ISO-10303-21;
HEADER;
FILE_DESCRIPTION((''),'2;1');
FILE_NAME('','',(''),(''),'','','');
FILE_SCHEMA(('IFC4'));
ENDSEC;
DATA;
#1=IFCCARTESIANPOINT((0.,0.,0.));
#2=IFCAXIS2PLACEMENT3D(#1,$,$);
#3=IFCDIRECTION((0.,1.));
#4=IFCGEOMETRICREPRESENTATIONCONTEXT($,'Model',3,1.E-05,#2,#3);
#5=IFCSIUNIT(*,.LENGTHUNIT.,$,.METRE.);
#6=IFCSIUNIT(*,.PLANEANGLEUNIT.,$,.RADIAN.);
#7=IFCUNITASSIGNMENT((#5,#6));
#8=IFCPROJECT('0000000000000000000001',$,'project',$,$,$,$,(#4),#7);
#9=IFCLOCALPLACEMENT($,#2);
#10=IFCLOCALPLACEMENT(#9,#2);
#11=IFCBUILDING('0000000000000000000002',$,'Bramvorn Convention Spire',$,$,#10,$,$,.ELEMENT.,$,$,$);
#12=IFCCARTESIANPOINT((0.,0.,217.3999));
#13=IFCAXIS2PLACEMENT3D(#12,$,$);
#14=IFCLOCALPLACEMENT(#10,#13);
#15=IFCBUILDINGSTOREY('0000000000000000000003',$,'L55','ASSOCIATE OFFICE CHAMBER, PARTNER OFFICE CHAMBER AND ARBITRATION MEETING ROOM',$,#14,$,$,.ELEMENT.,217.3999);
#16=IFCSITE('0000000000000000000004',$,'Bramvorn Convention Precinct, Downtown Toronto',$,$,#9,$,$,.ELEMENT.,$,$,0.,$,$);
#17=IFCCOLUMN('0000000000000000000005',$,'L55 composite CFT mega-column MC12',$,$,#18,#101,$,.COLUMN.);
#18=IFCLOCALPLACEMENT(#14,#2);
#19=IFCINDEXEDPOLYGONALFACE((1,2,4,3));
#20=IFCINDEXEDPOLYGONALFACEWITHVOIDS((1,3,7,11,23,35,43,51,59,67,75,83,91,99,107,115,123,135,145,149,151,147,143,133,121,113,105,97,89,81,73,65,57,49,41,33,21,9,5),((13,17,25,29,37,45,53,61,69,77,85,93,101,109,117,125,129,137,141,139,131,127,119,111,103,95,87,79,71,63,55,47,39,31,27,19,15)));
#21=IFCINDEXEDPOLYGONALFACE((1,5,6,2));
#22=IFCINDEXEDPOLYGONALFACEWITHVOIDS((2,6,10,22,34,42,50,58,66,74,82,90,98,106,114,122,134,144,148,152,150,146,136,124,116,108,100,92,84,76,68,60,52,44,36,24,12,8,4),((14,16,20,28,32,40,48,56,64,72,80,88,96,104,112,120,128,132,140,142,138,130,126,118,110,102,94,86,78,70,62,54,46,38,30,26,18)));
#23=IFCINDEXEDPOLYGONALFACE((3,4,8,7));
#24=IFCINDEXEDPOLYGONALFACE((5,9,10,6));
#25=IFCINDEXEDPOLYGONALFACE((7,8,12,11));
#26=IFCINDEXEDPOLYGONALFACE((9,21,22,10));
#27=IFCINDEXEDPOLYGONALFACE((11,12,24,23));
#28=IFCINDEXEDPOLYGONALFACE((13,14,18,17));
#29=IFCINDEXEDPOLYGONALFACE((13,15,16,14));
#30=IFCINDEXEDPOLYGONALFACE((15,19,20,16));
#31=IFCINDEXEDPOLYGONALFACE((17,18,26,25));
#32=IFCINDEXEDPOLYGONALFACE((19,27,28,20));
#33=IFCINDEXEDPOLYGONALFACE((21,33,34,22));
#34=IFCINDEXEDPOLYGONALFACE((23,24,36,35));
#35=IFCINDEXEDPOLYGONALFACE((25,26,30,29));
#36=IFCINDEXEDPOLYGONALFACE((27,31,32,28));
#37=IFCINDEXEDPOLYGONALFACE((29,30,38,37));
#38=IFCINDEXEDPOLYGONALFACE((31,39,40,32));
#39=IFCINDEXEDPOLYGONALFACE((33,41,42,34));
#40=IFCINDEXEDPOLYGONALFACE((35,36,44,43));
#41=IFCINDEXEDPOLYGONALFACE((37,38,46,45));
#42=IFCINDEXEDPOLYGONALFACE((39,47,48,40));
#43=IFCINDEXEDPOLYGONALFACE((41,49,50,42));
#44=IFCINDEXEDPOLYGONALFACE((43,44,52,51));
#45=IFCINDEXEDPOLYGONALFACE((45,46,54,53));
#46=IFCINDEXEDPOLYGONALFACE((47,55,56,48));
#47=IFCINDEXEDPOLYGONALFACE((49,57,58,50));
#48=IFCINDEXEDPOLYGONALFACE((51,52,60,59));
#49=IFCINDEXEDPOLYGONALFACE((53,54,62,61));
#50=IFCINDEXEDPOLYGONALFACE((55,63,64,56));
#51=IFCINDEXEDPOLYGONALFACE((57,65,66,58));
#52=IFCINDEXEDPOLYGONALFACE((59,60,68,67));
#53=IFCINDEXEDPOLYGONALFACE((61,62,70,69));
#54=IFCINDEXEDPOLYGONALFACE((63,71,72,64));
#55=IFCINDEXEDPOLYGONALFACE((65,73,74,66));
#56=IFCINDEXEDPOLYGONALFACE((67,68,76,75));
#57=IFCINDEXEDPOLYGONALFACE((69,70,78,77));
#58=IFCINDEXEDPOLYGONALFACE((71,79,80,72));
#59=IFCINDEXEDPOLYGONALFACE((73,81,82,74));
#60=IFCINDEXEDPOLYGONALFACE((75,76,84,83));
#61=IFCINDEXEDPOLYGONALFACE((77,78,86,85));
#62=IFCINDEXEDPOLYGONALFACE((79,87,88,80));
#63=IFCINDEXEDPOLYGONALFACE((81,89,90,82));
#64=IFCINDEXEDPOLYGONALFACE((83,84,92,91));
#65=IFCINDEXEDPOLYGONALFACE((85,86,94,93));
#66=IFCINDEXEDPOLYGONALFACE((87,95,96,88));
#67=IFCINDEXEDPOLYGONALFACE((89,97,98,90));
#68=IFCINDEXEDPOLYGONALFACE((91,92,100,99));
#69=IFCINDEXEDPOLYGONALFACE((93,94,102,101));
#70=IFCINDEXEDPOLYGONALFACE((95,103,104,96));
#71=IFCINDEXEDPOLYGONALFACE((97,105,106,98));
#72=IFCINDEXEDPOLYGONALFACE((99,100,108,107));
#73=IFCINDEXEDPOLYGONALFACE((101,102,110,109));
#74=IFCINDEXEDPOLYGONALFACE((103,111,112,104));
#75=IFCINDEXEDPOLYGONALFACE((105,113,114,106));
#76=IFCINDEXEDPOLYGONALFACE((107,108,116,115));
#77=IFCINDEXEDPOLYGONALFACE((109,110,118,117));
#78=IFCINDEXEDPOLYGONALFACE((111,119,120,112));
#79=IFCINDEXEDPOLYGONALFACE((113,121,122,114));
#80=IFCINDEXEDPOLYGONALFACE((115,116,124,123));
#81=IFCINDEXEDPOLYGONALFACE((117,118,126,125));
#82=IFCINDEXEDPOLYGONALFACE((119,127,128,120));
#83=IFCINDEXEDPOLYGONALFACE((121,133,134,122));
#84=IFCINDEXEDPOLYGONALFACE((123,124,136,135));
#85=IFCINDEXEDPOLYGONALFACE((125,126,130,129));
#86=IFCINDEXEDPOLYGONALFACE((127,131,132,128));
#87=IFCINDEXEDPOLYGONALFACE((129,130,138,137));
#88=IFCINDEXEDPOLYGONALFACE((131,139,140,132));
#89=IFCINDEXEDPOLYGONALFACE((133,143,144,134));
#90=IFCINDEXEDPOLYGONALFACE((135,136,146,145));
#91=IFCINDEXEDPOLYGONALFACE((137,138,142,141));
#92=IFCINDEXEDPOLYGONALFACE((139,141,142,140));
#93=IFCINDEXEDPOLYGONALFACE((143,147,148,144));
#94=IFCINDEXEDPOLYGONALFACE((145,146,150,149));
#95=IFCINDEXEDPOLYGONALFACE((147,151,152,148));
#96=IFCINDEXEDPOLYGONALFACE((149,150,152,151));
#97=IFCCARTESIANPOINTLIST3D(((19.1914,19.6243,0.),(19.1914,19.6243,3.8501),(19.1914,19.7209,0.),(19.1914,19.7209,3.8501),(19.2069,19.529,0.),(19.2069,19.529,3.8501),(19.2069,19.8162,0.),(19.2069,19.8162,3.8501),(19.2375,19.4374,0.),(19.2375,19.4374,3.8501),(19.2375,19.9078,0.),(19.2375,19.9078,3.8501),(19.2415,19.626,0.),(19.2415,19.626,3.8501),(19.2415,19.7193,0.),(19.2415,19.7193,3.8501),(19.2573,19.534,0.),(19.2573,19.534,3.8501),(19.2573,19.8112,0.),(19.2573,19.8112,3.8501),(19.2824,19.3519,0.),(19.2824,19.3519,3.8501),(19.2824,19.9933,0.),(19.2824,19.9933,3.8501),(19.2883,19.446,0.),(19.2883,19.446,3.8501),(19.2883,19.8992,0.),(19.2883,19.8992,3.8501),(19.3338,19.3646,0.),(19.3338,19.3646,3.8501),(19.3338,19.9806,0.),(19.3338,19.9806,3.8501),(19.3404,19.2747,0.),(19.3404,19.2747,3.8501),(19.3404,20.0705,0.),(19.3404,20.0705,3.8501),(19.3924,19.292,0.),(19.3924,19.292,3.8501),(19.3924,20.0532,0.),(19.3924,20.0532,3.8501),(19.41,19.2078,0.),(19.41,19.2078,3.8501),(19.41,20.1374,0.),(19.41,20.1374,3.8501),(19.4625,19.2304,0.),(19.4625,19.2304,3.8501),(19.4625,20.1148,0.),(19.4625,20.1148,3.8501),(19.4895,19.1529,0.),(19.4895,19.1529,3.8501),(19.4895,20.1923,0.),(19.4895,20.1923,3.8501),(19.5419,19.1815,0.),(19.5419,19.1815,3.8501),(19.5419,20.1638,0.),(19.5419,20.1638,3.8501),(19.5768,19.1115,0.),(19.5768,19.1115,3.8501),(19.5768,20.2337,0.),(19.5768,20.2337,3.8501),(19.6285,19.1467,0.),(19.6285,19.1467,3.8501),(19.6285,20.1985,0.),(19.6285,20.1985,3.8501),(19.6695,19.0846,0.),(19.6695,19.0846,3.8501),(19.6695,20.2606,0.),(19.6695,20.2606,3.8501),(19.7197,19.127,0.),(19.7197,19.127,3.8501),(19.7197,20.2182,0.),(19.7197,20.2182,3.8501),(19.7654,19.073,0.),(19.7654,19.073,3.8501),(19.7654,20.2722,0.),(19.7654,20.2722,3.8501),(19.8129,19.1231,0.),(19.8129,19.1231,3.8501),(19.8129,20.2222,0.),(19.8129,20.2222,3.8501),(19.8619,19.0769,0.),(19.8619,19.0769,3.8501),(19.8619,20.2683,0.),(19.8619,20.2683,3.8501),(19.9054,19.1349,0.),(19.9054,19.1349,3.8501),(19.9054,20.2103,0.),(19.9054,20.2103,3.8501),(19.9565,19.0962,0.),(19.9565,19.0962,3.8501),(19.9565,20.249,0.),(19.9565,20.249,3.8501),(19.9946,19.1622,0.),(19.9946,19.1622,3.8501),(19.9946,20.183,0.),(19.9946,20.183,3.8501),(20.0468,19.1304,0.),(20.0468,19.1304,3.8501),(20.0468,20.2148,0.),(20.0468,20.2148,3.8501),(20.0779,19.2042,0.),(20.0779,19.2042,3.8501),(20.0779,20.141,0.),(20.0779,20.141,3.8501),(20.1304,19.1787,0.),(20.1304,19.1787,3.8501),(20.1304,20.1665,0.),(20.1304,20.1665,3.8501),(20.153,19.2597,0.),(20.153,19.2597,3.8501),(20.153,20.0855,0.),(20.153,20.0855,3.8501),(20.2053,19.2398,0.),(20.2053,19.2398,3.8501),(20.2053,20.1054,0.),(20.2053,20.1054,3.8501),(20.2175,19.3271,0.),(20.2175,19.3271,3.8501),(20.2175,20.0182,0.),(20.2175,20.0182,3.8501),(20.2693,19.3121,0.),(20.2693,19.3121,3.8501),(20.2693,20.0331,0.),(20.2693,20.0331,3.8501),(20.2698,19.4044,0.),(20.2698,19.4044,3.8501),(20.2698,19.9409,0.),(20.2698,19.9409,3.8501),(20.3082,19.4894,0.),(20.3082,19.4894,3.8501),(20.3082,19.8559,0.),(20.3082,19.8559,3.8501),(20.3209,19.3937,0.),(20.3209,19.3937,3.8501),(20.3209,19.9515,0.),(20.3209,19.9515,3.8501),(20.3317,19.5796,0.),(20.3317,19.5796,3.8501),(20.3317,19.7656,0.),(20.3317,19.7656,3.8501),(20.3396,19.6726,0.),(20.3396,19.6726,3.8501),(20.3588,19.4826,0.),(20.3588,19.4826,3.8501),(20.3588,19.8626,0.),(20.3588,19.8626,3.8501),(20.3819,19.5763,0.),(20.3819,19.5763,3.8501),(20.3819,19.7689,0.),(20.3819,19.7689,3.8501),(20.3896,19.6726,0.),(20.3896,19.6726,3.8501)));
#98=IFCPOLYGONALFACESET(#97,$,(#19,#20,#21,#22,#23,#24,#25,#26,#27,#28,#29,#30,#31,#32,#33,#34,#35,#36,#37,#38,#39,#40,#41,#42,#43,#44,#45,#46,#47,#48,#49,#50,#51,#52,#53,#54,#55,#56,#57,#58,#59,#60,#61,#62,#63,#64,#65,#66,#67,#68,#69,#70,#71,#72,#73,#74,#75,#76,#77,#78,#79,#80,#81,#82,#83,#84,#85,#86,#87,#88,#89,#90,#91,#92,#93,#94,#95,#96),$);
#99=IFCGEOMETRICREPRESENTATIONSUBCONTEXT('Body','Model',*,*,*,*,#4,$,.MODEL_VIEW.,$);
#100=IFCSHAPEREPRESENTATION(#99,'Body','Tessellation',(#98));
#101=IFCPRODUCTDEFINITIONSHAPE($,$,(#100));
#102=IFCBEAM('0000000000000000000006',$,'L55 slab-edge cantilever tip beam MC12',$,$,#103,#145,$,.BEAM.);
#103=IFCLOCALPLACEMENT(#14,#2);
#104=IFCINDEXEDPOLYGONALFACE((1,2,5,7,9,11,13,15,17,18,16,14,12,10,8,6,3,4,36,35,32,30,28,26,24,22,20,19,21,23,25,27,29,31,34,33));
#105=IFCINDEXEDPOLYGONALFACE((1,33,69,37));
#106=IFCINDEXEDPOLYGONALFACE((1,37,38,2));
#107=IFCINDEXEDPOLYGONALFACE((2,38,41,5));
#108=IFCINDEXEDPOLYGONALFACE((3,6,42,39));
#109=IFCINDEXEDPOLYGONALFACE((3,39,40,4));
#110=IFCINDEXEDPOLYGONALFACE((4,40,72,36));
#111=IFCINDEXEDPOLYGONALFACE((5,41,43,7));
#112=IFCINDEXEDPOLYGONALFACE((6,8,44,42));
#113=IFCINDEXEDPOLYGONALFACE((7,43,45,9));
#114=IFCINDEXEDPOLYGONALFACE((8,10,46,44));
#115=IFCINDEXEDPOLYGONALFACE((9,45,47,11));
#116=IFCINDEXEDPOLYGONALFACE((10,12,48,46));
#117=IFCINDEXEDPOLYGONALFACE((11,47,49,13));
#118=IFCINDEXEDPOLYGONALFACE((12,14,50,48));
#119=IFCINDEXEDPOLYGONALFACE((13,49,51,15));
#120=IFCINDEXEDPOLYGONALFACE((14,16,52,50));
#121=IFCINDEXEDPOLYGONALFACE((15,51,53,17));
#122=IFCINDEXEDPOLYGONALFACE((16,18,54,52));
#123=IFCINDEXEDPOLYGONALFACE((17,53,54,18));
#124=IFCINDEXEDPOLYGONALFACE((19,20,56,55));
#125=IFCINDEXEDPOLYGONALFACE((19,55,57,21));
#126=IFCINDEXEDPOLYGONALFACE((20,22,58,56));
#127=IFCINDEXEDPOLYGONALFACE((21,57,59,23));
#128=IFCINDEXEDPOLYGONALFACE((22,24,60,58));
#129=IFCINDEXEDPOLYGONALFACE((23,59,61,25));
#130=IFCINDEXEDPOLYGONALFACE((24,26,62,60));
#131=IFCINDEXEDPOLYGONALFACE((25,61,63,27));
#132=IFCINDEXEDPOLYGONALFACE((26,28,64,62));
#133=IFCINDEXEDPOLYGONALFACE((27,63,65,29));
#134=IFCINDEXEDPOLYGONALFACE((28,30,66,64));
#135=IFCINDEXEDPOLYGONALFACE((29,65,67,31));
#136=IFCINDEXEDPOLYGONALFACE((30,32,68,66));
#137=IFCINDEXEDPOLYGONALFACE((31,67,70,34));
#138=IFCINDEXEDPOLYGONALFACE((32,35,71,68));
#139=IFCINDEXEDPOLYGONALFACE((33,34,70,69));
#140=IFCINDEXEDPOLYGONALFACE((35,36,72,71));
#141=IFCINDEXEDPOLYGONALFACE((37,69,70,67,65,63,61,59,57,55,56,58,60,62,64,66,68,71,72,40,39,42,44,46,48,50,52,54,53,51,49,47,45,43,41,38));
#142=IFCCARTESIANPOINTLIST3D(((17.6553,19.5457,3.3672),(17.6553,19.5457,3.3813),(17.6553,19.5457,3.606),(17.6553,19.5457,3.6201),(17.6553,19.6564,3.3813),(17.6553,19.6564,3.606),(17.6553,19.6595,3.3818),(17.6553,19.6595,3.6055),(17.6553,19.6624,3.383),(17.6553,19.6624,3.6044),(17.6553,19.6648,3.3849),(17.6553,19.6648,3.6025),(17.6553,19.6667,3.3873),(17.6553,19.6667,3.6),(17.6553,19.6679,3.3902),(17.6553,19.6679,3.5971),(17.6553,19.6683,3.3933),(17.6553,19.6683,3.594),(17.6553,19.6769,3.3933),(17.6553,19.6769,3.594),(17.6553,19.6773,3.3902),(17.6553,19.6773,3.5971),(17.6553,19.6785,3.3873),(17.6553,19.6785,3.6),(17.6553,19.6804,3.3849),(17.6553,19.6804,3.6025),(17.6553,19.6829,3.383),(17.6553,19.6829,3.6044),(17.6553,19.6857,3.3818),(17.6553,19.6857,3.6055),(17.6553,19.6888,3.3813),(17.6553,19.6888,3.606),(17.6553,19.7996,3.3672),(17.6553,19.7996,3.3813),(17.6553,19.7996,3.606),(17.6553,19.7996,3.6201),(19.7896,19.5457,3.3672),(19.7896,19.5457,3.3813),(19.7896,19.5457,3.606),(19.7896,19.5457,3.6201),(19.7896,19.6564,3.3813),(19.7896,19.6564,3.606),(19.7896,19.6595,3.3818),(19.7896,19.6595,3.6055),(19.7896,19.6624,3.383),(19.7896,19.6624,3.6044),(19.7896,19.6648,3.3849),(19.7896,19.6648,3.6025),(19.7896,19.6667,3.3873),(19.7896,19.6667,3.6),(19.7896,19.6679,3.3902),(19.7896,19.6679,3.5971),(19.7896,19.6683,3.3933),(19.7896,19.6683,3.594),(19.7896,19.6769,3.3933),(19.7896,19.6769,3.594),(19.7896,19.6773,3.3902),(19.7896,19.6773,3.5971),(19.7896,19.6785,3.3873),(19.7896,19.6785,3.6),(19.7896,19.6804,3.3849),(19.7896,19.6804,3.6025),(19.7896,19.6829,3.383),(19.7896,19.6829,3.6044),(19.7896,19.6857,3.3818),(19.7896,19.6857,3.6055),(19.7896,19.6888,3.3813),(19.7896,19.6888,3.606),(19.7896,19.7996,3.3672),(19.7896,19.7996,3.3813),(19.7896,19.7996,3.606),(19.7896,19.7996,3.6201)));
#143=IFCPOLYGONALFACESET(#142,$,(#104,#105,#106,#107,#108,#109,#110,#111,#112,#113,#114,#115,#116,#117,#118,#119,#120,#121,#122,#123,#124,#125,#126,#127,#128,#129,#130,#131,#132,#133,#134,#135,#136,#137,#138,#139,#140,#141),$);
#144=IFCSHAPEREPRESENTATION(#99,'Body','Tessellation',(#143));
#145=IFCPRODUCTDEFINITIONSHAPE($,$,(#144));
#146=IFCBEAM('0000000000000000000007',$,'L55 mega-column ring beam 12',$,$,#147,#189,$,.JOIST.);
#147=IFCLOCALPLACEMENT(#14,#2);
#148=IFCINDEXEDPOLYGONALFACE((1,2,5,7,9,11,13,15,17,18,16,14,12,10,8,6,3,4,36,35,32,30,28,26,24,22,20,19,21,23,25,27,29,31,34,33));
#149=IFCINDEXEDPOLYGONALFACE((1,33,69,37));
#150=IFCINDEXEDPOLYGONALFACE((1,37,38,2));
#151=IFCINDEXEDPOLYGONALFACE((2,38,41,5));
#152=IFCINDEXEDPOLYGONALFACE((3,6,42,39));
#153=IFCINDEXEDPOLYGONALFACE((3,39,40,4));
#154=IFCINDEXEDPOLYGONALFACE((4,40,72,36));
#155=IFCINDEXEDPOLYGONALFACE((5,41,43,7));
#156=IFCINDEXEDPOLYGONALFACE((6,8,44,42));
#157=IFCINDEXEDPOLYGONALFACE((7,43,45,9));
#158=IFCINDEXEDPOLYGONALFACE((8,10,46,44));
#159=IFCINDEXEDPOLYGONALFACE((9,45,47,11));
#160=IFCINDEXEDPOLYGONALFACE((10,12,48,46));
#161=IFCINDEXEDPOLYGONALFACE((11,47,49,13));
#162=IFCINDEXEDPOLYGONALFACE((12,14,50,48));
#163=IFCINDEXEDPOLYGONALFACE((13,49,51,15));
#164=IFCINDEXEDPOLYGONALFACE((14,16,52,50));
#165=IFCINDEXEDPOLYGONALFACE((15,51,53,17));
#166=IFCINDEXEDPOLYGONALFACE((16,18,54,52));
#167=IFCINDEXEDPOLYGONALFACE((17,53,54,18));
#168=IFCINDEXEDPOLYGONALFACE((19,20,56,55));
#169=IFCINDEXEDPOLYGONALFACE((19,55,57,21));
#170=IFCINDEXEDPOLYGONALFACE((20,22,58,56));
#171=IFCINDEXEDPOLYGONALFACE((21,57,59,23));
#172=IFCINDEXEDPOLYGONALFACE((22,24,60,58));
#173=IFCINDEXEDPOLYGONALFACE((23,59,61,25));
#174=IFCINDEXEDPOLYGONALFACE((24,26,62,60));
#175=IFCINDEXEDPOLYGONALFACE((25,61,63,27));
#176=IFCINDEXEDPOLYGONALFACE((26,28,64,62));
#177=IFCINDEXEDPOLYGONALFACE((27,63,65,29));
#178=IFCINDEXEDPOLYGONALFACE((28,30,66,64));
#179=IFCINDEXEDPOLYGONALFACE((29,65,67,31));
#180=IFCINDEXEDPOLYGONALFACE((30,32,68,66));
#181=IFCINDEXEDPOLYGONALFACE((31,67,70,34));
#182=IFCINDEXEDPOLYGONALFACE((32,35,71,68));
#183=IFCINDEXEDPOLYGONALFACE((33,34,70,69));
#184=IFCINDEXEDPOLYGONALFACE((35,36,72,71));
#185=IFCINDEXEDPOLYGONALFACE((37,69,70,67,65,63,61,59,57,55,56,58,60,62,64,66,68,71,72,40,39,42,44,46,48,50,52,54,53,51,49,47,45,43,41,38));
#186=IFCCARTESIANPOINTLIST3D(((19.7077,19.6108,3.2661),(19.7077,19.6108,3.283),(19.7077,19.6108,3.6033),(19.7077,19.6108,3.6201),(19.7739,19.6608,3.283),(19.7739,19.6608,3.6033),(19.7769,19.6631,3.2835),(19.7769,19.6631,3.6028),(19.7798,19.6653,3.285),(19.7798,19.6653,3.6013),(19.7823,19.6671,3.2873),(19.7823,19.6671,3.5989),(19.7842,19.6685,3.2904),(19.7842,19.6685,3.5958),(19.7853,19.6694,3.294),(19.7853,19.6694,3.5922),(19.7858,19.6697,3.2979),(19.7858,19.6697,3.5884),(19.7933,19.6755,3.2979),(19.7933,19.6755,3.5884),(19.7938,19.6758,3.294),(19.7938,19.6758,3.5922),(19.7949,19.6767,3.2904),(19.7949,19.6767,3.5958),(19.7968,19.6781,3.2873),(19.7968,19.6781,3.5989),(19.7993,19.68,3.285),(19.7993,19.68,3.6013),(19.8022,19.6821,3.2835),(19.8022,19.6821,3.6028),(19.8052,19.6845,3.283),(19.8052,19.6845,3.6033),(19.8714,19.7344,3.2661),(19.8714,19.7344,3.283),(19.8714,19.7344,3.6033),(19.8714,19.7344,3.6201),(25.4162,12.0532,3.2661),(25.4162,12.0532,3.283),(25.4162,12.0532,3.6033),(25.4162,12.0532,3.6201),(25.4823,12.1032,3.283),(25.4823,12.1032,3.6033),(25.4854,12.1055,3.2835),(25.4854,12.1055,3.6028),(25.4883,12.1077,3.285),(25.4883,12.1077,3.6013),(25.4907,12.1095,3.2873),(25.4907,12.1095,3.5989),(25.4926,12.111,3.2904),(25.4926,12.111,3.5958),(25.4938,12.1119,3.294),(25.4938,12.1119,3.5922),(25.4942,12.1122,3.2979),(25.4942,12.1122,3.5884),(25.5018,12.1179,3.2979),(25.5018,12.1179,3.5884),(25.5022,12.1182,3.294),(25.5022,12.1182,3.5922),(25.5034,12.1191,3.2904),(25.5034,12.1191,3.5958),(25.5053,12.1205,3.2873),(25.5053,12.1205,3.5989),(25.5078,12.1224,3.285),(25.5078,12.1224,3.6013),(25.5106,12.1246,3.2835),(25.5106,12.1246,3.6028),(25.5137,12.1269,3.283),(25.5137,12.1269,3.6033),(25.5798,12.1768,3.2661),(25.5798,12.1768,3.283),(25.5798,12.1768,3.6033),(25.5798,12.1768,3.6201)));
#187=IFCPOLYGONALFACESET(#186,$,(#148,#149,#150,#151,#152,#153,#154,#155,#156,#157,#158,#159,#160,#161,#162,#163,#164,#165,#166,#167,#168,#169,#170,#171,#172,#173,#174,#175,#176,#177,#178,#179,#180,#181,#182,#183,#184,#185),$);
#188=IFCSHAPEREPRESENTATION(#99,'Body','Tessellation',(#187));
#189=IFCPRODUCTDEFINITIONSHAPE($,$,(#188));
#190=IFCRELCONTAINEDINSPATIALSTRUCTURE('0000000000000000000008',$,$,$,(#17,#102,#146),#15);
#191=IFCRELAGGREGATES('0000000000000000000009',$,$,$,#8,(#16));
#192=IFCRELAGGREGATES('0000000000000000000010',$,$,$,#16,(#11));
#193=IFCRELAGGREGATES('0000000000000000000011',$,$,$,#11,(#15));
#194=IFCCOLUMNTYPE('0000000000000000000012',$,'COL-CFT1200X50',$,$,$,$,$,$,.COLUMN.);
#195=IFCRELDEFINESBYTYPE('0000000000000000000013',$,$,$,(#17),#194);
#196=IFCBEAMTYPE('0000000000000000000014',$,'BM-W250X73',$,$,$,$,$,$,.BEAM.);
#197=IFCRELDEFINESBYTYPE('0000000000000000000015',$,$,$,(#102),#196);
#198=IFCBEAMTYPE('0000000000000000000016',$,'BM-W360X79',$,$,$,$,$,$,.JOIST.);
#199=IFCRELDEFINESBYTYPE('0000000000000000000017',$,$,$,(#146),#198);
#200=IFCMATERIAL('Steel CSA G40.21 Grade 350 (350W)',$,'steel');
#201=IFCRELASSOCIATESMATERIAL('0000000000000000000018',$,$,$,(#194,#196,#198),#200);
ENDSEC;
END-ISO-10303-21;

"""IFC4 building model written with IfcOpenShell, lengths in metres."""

from ifc_helpers import new_model, si_unit, direction, frame, origin, origin_2d, place, context, subcontext, project, spatial, hollow_circle, i_section, extrude, material, material_profile, profile_set, type_object, element, save


model = new_model("IFC4")

# Units and contexts
model_context = context("Model", 3, precision=1e-05, world=origin(), true_north=direction((0.0, 1.0)))
body_context = subcontext(model_context, "Body", "Model", "MODEL_VIEW")
ifc_project = project(units=[si_unit("LENGTHUNIT", "METRE"), si_unit("PLANEANGLEUNIT", "RADIAN")], contexts=[model_context])

# Site, building, storey
site_placement = place(None, origin())
site = spatial("IfcSite", under=ifc_project, at=site_placement, Name="Bramvorn Convention Precinct, Downtown Toronto", CompositionType="ELEMENT", RefElevation=0.0)
building_placement = place(site_placement, origin())
building = spatial("IfcBuilding", under=site, at=building_placement, Name="Bramvorn Convention Spire", CompositionType="ELEMENT")
storey_placement = place(building_placement, frame((0.0, 0.0, 217.3999)))
storey = spatial("IfcBuildingStorey", under=building, at=storey_placement, Name="L55", Description="ASSOCIATE OFFICE CHAMBER, PARTNER OFFICE CHAMBER AND ARBITRATION MEETING ROOM", CompositionType="ELEMENT", Elevation=217.3999)

# Column
ifc_material_1 = material(Name="Steel CSA G40.21 Grade 350 (350W)", Category="steel")
ifc_material_profile_1 = material_profile(ifc_material_1, hollow_circle(Radius=0.6001, WallThickness=0.05, at=origin_2d()))
ifc_profile_set_1 = profile_set([ifc_material_profile_1], Name="Steel CSA G40.21 Grade 350 (350W) - CFT1200X50")
column_type = type_object("IfcColumnType", Name="COL-CFT1200X50", PredefinedType="COLUMN", material=ifc_profile_set_1)
column_placement = place(storey_placement, frame((19.7896, 19.6726, 0.0), z_axis=(0.0, 0.0, 1.0), x_axis=(1.0, 0.0, 0.0)))
element("IfcColumn", 1, at=column_placement, inside=storey, type_object=column_type, Name="L55 composite CFT mega-column MC12", PredefinedType="COLUMN", context=body_context, shape_type="SweptSolid", body=[
    extrude(hollow_circle(Radius=0.6001, WallThickness=0.05, at=origin_2d()), origin(), (0.0, 0.0, 1.0), 3.8501),
])

# Beams
ifc_material_profile_2 = material_profile(ifc_material_1, i_section(OverallWidth=0.2539, OverallDepth=0.2529, WebThickness=0.0085, FlangeThickness=0.0142, FilletRadius=0.012, at=origin_2d()))
ifc_profile_set_2 = profile_set([ifc_material_profile_2], Name="Steel CSA G40.21 Grade 350 (350W) - W250X73")
beam_type_1 = type_object("IfcBeamType", Name="BM-W250X73", PredefinedType="BEAM", material=ifc_profile_set_2)
beam_1_placement = place(storey_placement, frame((19.7896, 19.6726, 3.4937), z_axis=(-1.0, 0.0, 0.0), x_axis=(0.0, -1.0, 0.0)))
element("IfcBeam", 2, at=beam_1_placement, inside=storey, type_object=beam_type_1, Name="L55 slab-edge cantilever tip beam MC12", PredefinedType="BEAM", context=body_context, shape_type="SweptSolid", body=[
    extrude(i_section(OverallWidth=0.2539, OverallDepth=0.2529, WebThickness=0.0085, FlangeThickness=0.0142, FilletRadius=0.012, at=origin_2d()), origin(), (0.0, 0.0, 1.0), 2.1343),
])
ifc_material_profile_3 = material_profile(ifc_material_1, i_section(OverallWidth=0.2051, OverallDepth=0.354, WebThickness=0.0095, FlangeThickness=0.0168, FilletRadius=0.0149, at=origin_2d()))
ifc_profile_set_3 = profile_set([ifc_material_profile_3], Name="Steel CSA G40.21 Grade 350 (350W) - W360X79")
beam_type_2 = type_object("IfcBeamType", Name="BM-W360X79", PredefinedType="JOIST", material=ifc_profile_set_3)
beam_2_placement = place(storey_placement, frame((19.7896, 19.6726, 3.4431), z_axis=(0.602719, -0.797954, 0.0), x_axis=(0.797954, 0.602719, 0.0)))
element("IfcBeam", 3, at=beam_2_placement, inside=storey, type_object=beam_type_2, Name="L55 mega-column ring beam 12", PredefinedType="JOIST", context=body_context, shape_type="SweptSolid", body=[
    extrude(i_section(OverallWidth=0.2051, OverallDepth=0.354, WebThickness=0.0095, FlangeThickness=0.0168, FilletRadius=0.0149, at=origin_2d()), origin(), (0.0, 0.0, 1.0), 9.4712),
])

save(model, "model.ifc")
